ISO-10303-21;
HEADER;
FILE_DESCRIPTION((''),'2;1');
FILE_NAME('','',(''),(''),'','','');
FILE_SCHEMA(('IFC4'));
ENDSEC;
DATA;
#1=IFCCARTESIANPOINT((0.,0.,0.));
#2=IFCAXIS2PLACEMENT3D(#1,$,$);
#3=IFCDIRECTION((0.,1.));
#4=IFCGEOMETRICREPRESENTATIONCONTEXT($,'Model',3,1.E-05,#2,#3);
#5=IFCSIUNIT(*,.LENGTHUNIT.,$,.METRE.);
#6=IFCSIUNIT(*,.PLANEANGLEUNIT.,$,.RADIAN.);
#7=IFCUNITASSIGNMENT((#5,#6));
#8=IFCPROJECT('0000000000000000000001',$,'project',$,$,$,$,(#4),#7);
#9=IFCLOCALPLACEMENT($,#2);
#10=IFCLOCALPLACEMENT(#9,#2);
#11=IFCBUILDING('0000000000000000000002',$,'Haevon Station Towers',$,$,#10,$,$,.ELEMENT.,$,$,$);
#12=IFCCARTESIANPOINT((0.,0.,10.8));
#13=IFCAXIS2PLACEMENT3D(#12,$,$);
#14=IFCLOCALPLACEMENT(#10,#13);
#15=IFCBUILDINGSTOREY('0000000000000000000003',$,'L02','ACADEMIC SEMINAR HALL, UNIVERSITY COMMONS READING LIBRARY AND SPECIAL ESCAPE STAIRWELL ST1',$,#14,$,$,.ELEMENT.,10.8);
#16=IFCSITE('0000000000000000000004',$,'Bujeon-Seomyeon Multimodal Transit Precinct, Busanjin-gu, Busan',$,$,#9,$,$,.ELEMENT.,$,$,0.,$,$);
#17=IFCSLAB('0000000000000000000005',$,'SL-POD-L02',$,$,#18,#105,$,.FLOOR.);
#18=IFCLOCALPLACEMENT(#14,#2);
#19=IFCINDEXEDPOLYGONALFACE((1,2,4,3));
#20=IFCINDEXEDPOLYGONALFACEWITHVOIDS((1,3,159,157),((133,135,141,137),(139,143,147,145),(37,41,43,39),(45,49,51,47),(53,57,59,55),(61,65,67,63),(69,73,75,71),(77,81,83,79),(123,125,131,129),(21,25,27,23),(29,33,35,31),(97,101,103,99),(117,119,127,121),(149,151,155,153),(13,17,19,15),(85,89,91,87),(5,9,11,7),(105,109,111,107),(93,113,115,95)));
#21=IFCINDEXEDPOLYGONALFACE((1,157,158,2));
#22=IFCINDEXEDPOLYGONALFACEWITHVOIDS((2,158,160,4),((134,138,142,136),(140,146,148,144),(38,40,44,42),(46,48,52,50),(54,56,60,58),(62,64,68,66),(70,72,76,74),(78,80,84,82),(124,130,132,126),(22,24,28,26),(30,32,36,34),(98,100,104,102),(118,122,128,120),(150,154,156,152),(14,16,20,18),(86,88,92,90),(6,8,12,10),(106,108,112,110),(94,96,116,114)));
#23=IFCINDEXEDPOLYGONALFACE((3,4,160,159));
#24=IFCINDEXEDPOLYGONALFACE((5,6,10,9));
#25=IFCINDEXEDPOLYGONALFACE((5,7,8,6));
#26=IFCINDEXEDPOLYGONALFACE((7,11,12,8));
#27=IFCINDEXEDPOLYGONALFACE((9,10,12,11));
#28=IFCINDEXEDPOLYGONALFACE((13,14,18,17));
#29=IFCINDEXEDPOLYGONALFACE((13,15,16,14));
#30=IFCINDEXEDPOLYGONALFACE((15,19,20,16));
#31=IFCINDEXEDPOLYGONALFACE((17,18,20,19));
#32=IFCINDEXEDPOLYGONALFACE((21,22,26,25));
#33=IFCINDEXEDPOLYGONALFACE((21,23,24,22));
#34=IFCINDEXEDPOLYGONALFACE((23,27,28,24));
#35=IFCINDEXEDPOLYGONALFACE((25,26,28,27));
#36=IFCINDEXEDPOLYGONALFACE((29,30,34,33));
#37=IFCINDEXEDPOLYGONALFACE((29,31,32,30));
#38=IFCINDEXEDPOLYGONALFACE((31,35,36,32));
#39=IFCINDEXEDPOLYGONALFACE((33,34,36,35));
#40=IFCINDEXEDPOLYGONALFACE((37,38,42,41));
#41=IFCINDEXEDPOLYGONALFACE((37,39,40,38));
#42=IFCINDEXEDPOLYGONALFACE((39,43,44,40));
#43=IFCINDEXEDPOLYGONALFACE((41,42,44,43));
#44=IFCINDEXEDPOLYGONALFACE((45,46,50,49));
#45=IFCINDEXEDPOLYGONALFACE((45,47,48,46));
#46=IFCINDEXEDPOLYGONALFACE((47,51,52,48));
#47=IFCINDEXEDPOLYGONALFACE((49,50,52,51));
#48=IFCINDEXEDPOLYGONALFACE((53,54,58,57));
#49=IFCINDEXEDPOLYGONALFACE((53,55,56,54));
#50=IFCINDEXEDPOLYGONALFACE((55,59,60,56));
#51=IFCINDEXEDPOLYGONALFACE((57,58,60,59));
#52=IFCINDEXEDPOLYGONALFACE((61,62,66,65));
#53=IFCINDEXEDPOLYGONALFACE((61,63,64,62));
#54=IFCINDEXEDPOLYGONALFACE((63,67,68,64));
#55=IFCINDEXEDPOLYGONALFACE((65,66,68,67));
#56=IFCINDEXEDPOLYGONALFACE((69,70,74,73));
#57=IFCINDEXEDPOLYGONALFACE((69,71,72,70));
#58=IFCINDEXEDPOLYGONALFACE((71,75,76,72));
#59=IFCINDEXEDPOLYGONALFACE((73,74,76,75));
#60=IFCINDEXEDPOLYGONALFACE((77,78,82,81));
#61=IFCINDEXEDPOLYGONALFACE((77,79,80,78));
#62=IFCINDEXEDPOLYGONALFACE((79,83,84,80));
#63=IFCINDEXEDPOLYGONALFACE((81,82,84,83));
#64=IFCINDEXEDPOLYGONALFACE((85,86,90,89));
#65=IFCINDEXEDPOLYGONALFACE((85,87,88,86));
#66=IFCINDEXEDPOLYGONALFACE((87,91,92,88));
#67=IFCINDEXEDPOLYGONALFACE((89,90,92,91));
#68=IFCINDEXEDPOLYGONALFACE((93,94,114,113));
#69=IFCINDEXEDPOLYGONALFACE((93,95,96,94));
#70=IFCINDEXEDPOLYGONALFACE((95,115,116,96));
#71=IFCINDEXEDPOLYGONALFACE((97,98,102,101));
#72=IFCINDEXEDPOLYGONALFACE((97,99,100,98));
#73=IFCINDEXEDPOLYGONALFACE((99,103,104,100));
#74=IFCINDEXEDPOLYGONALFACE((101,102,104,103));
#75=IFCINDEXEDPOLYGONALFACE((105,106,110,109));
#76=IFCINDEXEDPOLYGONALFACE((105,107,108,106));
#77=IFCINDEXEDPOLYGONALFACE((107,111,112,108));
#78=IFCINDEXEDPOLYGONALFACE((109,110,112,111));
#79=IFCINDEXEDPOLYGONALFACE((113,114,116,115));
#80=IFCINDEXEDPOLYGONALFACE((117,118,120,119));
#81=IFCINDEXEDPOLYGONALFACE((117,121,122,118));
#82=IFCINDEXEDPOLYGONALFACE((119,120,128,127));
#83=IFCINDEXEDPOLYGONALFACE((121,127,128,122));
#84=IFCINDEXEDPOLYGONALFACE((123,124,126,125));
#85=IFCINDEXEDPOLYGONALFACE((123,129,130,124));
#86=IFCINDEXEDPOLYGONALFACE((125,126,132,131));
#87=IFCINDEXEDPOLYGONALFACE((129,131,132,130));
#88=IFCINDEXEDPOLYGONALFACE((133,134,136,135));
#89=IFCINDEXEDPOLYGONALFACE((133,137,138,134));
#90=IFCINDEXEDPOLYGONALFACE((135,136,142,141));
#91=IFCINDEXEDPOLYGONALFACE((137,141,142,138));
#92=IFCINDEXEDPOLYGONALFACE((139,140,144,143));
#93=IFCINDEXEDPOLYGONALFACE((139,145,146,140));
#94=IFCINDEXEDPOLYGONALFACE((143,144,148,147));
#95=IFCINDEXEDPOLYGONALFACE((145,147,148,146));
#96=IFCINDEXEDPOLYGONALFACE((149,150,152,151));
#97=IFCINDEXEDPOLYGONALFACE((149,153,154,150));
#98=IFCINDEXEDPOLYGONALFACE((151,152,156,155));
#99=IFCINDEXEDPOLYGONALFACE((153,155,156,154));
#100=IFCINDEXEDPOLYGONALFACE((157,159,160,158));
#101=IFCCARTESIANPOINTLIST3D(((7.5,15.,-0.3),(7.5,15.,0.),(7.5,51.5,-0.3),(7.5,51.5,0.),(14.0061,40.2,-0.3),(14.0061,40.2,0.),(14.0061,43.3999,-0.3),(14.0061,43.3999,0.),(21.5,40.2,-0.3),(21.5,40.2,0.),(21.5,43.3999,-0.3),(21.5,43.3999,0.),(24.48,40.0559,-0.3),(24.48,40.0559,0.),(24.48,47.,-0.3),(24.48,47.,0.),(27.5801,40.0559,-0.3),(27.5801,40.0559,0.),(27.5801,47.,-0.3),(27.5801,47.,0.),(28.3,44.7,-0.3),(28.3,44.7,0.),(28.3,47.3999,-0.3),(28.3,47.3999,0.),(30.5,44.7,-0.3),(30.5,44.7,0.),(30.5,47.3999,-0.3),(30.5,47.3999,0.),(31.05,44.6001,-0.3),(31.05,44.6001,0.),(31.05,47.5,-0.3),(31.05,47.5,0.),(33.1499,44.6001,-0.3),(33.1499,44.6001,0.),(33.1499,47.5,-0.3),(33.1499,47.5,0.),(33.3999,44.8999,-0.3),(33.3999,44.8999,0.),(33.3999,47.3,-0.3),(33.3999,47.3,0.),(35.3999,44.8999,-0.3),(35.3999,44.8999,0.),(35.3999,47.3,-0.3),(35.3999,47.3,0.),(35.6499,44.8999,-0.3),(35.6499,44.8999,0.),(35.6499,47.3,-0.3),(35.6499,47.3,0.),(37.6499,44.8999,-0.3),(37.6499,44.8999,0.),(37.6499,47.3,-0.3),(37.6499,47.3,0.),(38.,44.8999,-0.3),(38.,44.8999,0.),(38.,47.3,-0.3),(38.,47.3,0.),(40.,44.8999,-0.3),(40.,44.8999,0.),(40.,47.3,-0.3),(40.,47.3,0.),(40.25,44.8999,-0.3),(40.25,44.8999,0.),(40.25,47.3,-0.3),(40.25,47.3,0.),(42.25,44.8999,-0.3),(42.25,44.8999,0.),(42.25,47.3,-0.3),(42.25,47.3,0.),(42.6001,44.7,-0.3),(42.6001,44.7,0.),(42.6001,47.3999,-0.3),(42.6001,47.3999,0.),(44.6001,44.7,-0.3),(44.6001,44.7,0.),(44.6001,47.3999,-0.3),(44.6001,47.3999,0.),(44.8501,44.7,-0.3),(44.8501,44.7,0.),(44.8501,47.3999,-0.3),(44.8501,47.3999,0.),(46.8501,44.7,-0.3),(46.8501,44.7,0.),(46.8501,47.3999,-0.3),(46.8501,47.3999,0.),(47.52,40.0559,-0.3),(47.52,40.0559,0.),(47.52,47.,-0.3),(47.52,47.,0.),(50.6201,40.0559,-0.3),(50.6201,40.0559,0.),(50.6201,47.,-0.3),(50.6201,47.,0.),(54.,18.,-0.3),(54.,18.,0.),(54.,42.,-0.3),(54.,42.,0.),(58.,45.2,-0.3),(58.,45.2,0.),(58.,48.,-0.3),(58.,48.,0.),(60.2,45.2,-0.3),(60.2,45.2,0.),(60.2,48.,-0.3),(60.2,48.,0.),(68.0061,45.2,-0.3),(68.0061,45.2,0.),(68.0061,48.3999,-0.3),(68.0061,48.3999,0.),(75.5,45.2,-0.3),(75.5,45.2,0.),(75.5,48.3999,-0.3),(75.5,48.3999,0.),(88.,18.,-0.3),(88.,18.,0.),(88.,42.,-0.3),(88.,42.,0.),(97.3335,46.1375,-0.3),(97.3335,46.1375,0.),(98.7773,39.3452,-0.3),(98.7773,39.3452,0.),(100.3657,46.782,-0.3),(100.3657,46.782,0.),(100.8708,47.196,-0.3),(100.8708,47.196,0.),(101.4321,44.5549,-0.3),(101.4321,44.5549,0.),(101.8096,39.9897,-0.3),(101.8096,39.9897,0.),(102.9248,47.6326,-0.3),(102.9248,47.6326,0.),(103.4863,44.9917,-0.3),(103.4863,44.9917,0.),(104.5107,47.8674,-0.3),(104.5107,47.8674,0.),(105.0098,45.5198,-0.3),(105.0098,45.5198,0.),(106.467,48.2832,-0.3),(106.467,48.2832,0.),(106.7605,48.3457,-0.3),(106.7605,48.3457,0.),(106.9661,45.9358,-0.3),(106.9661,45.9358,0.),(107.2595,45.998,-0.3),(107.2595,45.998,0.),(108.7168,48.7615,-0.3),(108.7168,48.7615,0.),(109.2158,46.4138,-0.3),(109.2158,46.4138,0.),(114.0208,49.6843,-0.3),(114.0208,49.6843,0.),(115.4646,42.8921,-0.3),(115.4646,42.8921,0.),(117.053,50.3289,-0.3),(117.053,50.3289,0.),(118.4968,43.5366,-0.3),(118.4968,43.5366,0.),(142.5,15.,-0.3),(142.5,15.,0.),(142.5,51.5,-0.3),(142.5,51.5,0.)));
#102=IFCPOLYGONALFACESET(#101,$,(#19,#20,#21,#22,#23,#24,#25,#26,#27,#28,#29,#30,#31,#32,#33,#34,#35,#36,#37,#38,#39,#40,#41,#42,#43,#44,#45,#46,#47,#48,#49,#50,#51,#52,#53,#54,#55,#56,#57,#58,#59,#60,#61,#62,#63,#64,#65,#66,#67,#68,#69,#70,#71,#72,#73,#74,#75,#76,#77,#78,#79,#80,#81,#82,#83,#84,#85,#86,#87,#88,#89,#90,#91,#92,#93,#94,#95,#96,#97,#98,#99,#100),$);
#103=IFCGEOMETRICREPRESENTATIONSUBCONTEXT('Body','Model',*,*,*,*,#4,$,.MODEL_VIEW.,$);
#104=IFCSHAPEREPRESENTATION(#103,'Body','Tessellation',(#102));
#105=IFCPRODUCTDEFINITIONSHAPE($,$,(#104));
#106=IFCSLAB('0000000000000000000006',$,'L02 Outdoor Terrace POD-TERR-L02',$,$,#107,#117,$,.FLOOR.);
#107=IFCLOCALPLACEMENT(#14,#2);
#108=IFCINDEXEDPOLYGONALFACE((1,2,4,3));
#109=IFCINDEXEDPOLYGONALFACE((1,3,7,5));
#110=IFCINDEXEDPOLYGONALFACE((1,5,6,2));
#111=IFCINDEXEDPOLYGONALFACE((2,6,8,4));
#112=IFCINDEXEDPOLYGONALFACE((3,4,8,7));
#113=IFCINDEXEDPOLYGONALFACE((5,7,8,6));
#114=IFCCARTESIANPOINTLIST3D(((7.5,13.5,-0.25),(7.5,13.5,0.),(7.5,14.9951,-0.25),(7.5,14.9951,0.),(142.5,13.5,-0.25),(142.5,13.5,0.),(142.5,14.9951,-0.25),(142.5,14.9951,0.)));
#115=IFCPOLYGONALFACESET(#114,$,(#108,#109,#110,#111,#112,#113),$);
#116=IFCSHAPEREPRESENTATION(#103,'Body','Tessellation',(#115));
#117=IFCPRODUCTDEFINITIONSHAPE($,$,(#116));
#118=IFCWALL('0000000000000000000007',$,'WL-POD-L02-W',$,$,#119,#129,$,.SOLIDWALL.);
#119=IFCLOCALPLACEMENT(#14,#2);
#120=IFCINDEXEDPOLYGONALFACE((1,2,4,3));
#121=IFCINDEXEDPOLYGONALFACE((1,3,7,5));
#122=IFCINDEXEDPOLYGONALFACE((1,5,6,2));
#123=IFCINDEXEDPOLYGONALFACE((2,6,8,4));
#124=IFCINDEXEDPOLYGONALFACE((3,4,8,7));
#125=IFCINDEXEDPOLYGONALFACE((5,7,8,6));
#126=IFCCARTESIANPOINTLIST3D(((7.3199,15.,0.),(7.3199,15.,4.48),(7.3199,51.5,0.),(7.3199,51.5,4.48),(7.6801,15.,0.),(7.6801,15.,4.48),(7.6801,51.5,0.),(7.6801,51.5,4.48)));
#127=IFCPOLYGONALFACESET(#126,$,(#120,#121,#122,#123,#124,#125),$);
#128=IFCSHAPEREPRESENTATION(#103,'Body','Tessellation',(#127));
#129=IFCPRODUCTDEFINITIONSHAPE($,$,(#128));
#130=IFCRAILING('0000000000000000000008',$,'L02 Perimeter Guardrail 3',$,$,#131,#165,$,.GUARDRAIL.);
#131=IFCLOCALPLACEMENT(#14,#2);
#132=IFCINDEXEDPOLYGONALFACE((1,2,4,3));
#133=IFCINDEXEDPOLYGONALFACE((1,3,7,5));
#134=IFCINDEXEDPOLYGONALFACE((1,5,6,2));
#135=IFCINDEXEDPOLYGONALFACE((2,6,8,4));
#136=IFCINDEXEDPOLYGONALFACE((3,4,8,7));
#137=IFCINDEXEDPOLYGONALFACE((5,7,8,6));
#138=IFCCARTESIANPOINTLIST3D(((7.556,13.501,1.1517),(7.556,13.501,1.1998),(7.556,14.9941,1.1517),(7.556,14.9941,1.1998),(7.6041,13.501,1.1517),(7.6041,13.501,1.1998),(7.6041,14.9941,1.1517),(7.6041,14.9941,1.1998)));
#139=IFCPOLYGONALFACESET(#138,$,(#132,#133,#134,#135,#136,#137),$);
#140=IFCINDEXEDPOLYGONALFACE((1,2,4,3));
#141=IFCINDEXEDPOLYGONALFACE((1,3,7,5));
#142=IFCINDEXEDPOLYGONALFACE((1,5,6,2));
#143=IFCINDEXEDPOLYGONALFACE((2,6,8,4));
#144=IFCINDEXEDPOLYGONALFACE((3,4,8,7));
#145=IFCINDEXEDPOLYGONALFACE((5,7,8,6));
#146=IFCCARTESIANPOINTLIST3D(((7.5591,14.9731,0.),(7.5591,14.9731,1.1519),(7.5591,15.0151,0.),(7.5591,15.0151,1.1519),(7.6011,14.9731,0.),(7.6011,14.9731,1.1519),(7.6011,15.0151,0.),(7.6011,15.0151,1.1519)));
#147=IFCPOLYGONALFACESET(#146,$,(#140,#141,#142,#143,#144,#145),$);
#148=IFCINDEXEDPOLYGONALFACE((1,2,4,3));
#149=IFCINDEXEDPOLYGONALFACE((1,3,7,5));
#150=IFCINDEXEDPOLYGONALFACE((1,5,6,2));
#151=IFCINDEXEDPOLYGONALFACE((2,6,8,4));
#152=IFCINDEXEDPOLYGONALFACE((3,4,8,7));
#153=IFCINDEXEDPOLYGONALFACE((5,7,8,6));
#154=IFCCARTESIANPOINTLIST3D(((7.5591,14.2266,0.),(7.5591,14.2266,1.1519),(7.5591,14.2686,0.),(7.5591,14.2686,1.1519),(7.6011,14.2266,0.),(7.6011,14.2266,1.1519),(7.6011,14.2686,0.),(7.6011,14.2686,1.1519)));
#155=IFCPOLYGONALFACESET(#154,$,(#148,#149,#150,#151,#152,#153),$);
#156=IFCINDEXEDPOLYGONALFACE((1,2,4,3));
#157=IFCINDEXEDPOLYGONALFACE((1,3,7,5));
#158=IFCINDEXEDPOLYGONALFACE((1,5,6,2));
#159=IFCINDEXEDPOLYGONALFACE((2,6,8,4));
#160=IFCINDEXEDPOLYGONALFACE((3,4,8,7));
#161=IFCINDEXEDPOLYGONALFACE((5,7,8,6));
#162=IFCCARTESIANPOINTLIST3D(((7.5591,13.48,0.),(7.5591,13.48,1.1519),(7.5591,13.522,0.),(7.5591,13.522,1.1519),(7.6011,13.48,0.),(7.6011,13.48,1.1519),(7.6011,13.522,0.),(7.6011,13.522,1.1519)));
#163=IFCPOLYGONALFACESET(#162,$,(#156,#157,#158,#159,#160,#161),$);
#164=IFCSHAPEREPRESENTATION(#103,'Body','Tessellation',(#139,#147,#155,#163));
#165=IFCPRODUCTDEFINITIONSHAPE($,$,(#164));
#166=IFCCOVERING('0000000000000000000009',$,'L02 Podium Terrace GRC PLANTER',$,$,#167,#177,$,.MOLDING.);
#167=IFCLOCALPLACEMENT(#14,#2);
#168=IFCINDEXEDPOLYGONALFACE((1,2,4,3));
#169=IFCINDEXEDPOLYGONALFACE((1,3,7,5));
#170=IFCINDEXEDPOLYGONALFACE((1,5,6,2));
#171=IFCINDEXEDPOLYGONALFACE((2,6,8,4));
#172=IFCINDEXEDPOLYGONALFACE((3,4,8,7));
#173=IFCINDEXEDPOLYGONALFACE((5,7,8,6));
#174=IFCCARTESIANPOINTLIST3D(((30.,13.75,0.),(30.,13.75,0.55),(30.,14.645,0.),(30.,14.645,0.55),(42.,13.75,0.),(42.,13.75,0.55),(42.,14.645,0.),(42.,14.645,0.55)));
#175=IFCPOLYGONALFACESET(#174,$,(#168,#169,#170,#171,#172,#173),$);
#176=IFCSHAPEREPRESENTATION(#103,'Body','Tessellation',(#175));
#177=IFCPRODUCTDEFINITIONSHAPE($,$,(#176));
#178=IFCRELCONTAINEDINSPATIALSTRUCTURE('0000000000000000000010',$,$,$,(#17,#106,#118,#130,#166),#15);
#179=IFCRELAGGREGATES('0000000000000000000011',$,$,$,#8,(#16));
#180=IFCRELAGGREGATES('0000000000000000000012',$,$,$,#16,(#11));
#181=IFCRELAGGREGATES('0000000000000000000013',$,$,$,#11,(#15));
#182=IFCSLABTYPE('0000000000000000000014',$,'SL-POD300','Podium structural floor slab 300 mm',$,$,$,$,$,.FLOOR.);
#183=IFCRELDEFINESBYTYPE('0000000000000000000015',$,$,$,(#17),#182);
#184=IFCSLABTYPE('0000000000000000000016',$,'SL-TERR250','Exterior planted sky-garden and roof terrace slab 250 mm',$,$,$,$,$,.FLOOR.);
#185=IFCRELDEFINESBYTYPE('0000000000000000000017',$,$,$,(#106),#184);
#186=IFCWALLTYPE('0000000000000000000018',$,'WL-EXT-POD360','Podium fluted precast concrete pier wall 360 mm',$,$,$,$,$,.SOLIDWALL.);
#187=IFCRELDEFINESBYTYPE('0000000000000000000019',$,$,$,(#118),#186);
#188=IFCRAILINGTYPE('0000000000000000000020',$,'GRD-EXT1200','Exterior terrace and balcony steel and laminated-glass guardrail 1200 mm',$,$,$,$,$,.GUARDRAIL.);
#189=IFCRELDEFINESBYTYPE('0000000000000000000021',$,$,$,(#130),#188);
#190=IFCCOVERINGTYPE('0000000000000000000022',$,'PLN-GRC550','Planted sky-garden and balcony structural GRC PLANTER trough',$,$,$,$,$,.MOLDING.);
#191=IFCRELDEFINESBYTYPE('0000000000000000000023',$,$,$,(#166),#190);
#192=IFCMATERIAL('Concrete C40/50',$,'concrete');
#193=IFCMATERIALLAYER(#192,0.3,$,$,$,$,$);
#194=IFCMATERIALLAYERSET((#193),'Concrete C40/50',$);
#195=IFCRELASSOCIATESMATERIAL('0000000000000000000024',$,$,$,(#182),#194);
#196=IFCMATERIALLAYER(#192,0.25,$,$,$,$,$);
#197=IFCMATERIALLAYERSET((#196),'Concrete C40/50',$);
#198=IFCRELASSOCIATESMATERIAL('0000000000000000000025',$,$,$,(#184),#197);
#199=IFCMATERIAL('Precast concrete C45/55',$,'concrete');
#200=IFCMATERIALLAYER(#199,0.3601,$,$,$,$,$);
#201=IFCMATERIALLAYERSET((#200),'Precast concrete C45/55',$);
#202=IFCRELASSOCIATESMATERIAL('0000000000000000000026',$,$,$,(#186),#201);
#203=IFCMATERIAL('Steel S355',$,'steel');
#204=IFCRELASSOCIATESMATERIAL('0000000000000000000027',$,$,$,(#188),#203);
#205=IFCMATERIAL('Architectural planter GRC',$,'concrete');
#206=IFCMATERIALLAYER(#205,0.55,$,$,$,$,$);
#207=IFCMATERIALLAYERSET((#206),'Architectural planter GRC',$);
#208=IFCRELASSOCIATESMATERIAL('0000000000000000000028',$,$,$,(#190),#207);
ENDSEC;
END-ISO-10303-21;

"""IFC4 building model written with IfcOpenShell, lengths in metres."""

from ifc_helpers import new_model, si_unit, direction, frame, frame_2d, origin, origin_2d, place, context, subcontext, project, spatial, polyline, rectangle, outline, extrude, material, layer, layer_set, type_object, element, save


model = new_model("IFC4")

# Units and contexts
model_context = context("Model", 3, precision=1e-05, world=origin(), true_north=direction((0.0, 1.0)))
body_context = subcontext(model_context, "Body", "Model", "MODEL_VIEW")
ifc_project = project(units=[si_unit("LENGTHUNIT", "METRE"), si_unit("PLANEANGLEUNIT", "RADIAN")], contexts=[model_context])

# Site, building, storey
site_placement = place(None, origin())
site = spatial("IfcSite", under=ifc_project, at=site_placement, Name="Bujeon-Seomyeon Multimodal Transit Precinct, Busanjin-gu, Busan", CompositionType="ELEMENT", RefElevation=0.0)
building_placement = place(site_placement, origin())
building = spatial("IfcBuilding", under=site, at=building_placement, Name="Haevon Station Towers", CompositionType="ELEMENT")
storey_placement = place(building_placement, frame((0.0, 0.0, 10.8)))
storey = spatial("IfcBuildingStorey", under=building, at=storey_placement, Name="L02", Description="ACADEMIC SEMINAR HALL, UNIVERSITY COMMONS READING LIBRARY AND SPECIAL ESCAPE STAIRWELL ST1", CompositionType="ELEMENT", Elevation=10.8)

# Shared definitions
ifc_material_1 = material(Name="Steel S355", Category="steel")

# Shared definitions
ifc_material_2 = material(Name="Concrete C40/50", Category="concrete")

# Slabs
ifc_layer_1 = layer(ifc_material_2, 0.3)
ifc_layer_set_1 = layer_set([ifc_layer_1], Name="Concrete C40/50")
slab_type_1 = type_object("IfcSlabType", Name="SL-POD300", Description="Podium structural floor slab 300 mm", PredefinedType="FLOOR", material=ifc_layer_set_1)
slab_1_placement = place(storey_placement, frame((0.0, 0.0, -0.3)))
element("IfcSlab", 1, at=slab_1_placement, inside=storey, type_object=slab_type_1, Name="SL-POD-L02", PredefinedType="FLOOR", context=body_context, shape_type="SweptSolid", body=[
    extrude(outline(polyline([(7.5, 15.0), (142.5, 15.0), (142.5, 51.5), (7.5, 51.5), (7.5, 15.0)]), holes=[polyline([(54.0, 18.0), (88.0, 18.0), (88.0, 42.0), (54.0, 42.0), (54.0, 18.0)]), polyline([(27.5801, 40.0559), (27.5801, 47.0), (24.48, 47.0), (24.48, 40.0559), (27.5801, 40.0559)]), polyline([(50.6201, 40.0559), (50.6201, 47.0), (47.52, 47.0), (47.52, 40.0559), (50.6201, 40.0559)]), polyline([(101.8096, 39.9897), (100.3657, 46.782), (97.3335, 46.1375), (98.7773, 39.3452), (101.8096, 39.9897)]), polyline([(118.4968, 43.5366), (117.053, 50.3289), (114.0208, 49.6843), (115.4646, 42.8921), (118.4968, 43.5366)]), polyline([(14.0061, 40.2), (21.5, 40.2), (21.5, 43.3999), (14.0061, 43.3999), (14.0061, 40.2)]), polyline([(68.0061, 45.2), (75.5, 45.2), (75.5, 48.3999), (68.0061, 48.3999), (68.0061, 45.2)]), polyline([(28.3, 44.7), (30.5, 44.7), (30.5, 47.3999), (28.3, 47.3999), (28.3, 44.7)]), polyline([(101.4321, 44.5549), (103.4863, 44.9917), (102.9248, 47.6326), (100.8708, 47.196), (101.4321, 44.5549)]), polyline([(31.05, 44.6001), (33.1499, 44.6001), (33.1499, 47.5), (31.05, 47.5), (31.05, 44.6001)]), polyline([(33.3999, 44.8999), (35.3999, 44.8999), (35.3999, 47.3), (33.3999, 47.3), (33.3999, 44.8999)]), polyline([(35.6499, 44.8999), (37.6499, 44.8999), (37.6499, 47.3), (35.6499, 47.3), (35.6499, 44.8999)]), polyline([(38.0, 44.8999), (40.0, 44.8999), (40.0, 47.3), (38.0, 47.3), (38.0, 44.8999)]), polyline([(40.25, 44.8999), (42.25, 44.8999), (42.25, 47.3), (40.25, 47.3), (40.25, 44.8999)]), polyline([(42.6001, 44.7), (44.6001, 44.7), (44.6001, 47.3999), (42.6001, 47.3999), (42.6001, 44.7)]), polyline([(44.8501, 44.7), (46.8501, 44.7), (46.8501, 47.3999), (44.8501, 47.3999), (44.8501, 44.7)]), polyline([(105.0098, 45.5198), (106.9661, 45.9358), (106.467, 48.2832), (104.5107, 47.8674), (105.0098, 45.5198)]), polyline([(107.2595, 45.998), (109.2158, 46.4138), (108.7168, 48.7615), (106.7605, 48.3457), (107.2595, 45.998)]), polyline([(58.0, 45.2), (60.2, 45.2), (60.2, 48.0), (58.0, 48.0), (58.0, 45.2)])]), origin(), (0.0, 0.0, 1.0), 0.3),
])
ifc_layer_2 = layer(ifc_material_2, 0.25)
ifc_layer_set_2 = layer_set([ifc_layer_2], Name="Concrete C40/50")
slab_type_2 = type_object("IfcSlabType", Name="SL-TERR250", Description="Exterior planted sky-garden and roof terrace slab 250 mm", PredefinedType="FLOOR", material=ifc_layer_set_2)
slab_2_placement = place(storey_placement, frame((0.0, 0.0, -0.25)))
element("IfcSlab", 2, at=slab_2_placement, inside=storey, type_object=slab_type_2, Name="L02 Outdoor Terrace POD-TERR-L02", PredefinedType="FLOOR", context=body_context, shape_type="SweptSolid", body=[
    extrude(outline(polyline([(7.5, 13.5), (142.5, 13.5), (142.5, 14.9951), (7.5, 14.9951), (7.5, 13.5)])), origin(), (0.0, 0.0, 1.0), 0.25),
])

# Wall
ifc_material_3 = material(Name="Precast concrete C45/55", Category="concrete")
ifc_layer_3 = layer(ifc_material_3, 0.3601)
ifc_layer_set_3 = layer_set([ifc_layer_3], Name="Precast concrete C45/55")
wall_type = type_object("IfcWallType", Name="WL-EXT-POD360", Description="Podium fluted precast concrete pier wall 360 mm", PredefinedType="SOLIDWALL", material=ifc_layer_set_3)
wall_placement = place(storey_placement, frame((7.5, 15.0, 0.0), z_axis=(0.0, 0.0, 1.0), x_axis=(0.0, 1.0, 0.0)))
element("IfcWall", 3, at=wall_placement, inside=storey, type_object=wall_type, Name="WL-POD-L02-W", PredefinedType="SOLIDWALL", context=body_context, shape_type="SweptSolid", body=[
    extrude(rectangle(XDim=36.5, YDim=0.3601, at=frame_2d((18.25, 0.0))), origin(), (0.0, 0.0, 1.0), 4.48),
])

# Railing
railing_type = type_object("IfcRailingType", Name="GRD-EXT1200", Description="Exterior terrace and balcony steel and laminated-glass guardrail 1200 mm", PredefinedType="GUARDRAIL", material=ifc_material_1)
railing_1_placement = place(storey_placement, frame((7.5801, 14.9941, 0.0)))
element("IfcRailing", 4, at=railing_1_placement, inside=storey, type_object=railing_type, Name="L02 Perimeter Guardrail 3", PredefinedType="GUARDRAIL", context=body_context, shape_type="SweptSolid", body=[
    extrude(rectangle(XDim=0.0481, YDim=0.0481, at=origin_2d()), frame((0.0, 0.0, 1.1758), z_axis=(0.0, -1.0, 0.0), x_axis=(1.0, 0.0, 0.0)), (0.0, 0.0, 1.0), 1.4932),
    extrude(rectangle(XDim=0.042, YDim=0.042, at=origin_2d()), origin(), (0.0, 0.0, 1.0), 1.1519),
    extrude(rectangle(XDim=0.042, YDim=0.042, at=origin_2d()), frame((0.0, -0.7466, 0.0)), (0.0, 0.0, 1.0), 1.1519),
    extrude(rectangle(XDim=0.042, YDim=0.042, at=origin_2d()), frame((0.0, -1.4932, 0.0)), (0.0, 0.0, 1.0), 1.1519),
])

# Covering
ifc_material_4 = material(Name="Architectural planter GRC", Category="concrete")
ifc_layer_4 = layer(ifc_material_4, 0.55)
ifc_layer_set_4 = layer_set([ifc_layer_4], Name="Architectural planter GRC")
covering_type = type_object("IfcCoveringType", Name="PLN-GRC550", Description="Planted sky-garden and balcony structural GRC PLANTER trough", PredefinedType="MOLDING", material=ifc_layer_set_4)
covering_placement = place(storey_placement, origin())
element("IfcCovering", 5, at=covering_placement, inside=storey, type_object=covering_type, Name="L02 Podium Terrace GRC PLANTER", PredefinedType="MOLDING", context=body_context, shape_type="SweptSolid", body=[
    extrude(outline(polyline([(30.0, 13.75), (42.0, 13.75), (42.0, 14.645), (30.0, 14.645), (30.0, 13.75)])), origin(), (0.0, 0.0, 1.0), 0.55),
])

save(model, "model.ifc")
